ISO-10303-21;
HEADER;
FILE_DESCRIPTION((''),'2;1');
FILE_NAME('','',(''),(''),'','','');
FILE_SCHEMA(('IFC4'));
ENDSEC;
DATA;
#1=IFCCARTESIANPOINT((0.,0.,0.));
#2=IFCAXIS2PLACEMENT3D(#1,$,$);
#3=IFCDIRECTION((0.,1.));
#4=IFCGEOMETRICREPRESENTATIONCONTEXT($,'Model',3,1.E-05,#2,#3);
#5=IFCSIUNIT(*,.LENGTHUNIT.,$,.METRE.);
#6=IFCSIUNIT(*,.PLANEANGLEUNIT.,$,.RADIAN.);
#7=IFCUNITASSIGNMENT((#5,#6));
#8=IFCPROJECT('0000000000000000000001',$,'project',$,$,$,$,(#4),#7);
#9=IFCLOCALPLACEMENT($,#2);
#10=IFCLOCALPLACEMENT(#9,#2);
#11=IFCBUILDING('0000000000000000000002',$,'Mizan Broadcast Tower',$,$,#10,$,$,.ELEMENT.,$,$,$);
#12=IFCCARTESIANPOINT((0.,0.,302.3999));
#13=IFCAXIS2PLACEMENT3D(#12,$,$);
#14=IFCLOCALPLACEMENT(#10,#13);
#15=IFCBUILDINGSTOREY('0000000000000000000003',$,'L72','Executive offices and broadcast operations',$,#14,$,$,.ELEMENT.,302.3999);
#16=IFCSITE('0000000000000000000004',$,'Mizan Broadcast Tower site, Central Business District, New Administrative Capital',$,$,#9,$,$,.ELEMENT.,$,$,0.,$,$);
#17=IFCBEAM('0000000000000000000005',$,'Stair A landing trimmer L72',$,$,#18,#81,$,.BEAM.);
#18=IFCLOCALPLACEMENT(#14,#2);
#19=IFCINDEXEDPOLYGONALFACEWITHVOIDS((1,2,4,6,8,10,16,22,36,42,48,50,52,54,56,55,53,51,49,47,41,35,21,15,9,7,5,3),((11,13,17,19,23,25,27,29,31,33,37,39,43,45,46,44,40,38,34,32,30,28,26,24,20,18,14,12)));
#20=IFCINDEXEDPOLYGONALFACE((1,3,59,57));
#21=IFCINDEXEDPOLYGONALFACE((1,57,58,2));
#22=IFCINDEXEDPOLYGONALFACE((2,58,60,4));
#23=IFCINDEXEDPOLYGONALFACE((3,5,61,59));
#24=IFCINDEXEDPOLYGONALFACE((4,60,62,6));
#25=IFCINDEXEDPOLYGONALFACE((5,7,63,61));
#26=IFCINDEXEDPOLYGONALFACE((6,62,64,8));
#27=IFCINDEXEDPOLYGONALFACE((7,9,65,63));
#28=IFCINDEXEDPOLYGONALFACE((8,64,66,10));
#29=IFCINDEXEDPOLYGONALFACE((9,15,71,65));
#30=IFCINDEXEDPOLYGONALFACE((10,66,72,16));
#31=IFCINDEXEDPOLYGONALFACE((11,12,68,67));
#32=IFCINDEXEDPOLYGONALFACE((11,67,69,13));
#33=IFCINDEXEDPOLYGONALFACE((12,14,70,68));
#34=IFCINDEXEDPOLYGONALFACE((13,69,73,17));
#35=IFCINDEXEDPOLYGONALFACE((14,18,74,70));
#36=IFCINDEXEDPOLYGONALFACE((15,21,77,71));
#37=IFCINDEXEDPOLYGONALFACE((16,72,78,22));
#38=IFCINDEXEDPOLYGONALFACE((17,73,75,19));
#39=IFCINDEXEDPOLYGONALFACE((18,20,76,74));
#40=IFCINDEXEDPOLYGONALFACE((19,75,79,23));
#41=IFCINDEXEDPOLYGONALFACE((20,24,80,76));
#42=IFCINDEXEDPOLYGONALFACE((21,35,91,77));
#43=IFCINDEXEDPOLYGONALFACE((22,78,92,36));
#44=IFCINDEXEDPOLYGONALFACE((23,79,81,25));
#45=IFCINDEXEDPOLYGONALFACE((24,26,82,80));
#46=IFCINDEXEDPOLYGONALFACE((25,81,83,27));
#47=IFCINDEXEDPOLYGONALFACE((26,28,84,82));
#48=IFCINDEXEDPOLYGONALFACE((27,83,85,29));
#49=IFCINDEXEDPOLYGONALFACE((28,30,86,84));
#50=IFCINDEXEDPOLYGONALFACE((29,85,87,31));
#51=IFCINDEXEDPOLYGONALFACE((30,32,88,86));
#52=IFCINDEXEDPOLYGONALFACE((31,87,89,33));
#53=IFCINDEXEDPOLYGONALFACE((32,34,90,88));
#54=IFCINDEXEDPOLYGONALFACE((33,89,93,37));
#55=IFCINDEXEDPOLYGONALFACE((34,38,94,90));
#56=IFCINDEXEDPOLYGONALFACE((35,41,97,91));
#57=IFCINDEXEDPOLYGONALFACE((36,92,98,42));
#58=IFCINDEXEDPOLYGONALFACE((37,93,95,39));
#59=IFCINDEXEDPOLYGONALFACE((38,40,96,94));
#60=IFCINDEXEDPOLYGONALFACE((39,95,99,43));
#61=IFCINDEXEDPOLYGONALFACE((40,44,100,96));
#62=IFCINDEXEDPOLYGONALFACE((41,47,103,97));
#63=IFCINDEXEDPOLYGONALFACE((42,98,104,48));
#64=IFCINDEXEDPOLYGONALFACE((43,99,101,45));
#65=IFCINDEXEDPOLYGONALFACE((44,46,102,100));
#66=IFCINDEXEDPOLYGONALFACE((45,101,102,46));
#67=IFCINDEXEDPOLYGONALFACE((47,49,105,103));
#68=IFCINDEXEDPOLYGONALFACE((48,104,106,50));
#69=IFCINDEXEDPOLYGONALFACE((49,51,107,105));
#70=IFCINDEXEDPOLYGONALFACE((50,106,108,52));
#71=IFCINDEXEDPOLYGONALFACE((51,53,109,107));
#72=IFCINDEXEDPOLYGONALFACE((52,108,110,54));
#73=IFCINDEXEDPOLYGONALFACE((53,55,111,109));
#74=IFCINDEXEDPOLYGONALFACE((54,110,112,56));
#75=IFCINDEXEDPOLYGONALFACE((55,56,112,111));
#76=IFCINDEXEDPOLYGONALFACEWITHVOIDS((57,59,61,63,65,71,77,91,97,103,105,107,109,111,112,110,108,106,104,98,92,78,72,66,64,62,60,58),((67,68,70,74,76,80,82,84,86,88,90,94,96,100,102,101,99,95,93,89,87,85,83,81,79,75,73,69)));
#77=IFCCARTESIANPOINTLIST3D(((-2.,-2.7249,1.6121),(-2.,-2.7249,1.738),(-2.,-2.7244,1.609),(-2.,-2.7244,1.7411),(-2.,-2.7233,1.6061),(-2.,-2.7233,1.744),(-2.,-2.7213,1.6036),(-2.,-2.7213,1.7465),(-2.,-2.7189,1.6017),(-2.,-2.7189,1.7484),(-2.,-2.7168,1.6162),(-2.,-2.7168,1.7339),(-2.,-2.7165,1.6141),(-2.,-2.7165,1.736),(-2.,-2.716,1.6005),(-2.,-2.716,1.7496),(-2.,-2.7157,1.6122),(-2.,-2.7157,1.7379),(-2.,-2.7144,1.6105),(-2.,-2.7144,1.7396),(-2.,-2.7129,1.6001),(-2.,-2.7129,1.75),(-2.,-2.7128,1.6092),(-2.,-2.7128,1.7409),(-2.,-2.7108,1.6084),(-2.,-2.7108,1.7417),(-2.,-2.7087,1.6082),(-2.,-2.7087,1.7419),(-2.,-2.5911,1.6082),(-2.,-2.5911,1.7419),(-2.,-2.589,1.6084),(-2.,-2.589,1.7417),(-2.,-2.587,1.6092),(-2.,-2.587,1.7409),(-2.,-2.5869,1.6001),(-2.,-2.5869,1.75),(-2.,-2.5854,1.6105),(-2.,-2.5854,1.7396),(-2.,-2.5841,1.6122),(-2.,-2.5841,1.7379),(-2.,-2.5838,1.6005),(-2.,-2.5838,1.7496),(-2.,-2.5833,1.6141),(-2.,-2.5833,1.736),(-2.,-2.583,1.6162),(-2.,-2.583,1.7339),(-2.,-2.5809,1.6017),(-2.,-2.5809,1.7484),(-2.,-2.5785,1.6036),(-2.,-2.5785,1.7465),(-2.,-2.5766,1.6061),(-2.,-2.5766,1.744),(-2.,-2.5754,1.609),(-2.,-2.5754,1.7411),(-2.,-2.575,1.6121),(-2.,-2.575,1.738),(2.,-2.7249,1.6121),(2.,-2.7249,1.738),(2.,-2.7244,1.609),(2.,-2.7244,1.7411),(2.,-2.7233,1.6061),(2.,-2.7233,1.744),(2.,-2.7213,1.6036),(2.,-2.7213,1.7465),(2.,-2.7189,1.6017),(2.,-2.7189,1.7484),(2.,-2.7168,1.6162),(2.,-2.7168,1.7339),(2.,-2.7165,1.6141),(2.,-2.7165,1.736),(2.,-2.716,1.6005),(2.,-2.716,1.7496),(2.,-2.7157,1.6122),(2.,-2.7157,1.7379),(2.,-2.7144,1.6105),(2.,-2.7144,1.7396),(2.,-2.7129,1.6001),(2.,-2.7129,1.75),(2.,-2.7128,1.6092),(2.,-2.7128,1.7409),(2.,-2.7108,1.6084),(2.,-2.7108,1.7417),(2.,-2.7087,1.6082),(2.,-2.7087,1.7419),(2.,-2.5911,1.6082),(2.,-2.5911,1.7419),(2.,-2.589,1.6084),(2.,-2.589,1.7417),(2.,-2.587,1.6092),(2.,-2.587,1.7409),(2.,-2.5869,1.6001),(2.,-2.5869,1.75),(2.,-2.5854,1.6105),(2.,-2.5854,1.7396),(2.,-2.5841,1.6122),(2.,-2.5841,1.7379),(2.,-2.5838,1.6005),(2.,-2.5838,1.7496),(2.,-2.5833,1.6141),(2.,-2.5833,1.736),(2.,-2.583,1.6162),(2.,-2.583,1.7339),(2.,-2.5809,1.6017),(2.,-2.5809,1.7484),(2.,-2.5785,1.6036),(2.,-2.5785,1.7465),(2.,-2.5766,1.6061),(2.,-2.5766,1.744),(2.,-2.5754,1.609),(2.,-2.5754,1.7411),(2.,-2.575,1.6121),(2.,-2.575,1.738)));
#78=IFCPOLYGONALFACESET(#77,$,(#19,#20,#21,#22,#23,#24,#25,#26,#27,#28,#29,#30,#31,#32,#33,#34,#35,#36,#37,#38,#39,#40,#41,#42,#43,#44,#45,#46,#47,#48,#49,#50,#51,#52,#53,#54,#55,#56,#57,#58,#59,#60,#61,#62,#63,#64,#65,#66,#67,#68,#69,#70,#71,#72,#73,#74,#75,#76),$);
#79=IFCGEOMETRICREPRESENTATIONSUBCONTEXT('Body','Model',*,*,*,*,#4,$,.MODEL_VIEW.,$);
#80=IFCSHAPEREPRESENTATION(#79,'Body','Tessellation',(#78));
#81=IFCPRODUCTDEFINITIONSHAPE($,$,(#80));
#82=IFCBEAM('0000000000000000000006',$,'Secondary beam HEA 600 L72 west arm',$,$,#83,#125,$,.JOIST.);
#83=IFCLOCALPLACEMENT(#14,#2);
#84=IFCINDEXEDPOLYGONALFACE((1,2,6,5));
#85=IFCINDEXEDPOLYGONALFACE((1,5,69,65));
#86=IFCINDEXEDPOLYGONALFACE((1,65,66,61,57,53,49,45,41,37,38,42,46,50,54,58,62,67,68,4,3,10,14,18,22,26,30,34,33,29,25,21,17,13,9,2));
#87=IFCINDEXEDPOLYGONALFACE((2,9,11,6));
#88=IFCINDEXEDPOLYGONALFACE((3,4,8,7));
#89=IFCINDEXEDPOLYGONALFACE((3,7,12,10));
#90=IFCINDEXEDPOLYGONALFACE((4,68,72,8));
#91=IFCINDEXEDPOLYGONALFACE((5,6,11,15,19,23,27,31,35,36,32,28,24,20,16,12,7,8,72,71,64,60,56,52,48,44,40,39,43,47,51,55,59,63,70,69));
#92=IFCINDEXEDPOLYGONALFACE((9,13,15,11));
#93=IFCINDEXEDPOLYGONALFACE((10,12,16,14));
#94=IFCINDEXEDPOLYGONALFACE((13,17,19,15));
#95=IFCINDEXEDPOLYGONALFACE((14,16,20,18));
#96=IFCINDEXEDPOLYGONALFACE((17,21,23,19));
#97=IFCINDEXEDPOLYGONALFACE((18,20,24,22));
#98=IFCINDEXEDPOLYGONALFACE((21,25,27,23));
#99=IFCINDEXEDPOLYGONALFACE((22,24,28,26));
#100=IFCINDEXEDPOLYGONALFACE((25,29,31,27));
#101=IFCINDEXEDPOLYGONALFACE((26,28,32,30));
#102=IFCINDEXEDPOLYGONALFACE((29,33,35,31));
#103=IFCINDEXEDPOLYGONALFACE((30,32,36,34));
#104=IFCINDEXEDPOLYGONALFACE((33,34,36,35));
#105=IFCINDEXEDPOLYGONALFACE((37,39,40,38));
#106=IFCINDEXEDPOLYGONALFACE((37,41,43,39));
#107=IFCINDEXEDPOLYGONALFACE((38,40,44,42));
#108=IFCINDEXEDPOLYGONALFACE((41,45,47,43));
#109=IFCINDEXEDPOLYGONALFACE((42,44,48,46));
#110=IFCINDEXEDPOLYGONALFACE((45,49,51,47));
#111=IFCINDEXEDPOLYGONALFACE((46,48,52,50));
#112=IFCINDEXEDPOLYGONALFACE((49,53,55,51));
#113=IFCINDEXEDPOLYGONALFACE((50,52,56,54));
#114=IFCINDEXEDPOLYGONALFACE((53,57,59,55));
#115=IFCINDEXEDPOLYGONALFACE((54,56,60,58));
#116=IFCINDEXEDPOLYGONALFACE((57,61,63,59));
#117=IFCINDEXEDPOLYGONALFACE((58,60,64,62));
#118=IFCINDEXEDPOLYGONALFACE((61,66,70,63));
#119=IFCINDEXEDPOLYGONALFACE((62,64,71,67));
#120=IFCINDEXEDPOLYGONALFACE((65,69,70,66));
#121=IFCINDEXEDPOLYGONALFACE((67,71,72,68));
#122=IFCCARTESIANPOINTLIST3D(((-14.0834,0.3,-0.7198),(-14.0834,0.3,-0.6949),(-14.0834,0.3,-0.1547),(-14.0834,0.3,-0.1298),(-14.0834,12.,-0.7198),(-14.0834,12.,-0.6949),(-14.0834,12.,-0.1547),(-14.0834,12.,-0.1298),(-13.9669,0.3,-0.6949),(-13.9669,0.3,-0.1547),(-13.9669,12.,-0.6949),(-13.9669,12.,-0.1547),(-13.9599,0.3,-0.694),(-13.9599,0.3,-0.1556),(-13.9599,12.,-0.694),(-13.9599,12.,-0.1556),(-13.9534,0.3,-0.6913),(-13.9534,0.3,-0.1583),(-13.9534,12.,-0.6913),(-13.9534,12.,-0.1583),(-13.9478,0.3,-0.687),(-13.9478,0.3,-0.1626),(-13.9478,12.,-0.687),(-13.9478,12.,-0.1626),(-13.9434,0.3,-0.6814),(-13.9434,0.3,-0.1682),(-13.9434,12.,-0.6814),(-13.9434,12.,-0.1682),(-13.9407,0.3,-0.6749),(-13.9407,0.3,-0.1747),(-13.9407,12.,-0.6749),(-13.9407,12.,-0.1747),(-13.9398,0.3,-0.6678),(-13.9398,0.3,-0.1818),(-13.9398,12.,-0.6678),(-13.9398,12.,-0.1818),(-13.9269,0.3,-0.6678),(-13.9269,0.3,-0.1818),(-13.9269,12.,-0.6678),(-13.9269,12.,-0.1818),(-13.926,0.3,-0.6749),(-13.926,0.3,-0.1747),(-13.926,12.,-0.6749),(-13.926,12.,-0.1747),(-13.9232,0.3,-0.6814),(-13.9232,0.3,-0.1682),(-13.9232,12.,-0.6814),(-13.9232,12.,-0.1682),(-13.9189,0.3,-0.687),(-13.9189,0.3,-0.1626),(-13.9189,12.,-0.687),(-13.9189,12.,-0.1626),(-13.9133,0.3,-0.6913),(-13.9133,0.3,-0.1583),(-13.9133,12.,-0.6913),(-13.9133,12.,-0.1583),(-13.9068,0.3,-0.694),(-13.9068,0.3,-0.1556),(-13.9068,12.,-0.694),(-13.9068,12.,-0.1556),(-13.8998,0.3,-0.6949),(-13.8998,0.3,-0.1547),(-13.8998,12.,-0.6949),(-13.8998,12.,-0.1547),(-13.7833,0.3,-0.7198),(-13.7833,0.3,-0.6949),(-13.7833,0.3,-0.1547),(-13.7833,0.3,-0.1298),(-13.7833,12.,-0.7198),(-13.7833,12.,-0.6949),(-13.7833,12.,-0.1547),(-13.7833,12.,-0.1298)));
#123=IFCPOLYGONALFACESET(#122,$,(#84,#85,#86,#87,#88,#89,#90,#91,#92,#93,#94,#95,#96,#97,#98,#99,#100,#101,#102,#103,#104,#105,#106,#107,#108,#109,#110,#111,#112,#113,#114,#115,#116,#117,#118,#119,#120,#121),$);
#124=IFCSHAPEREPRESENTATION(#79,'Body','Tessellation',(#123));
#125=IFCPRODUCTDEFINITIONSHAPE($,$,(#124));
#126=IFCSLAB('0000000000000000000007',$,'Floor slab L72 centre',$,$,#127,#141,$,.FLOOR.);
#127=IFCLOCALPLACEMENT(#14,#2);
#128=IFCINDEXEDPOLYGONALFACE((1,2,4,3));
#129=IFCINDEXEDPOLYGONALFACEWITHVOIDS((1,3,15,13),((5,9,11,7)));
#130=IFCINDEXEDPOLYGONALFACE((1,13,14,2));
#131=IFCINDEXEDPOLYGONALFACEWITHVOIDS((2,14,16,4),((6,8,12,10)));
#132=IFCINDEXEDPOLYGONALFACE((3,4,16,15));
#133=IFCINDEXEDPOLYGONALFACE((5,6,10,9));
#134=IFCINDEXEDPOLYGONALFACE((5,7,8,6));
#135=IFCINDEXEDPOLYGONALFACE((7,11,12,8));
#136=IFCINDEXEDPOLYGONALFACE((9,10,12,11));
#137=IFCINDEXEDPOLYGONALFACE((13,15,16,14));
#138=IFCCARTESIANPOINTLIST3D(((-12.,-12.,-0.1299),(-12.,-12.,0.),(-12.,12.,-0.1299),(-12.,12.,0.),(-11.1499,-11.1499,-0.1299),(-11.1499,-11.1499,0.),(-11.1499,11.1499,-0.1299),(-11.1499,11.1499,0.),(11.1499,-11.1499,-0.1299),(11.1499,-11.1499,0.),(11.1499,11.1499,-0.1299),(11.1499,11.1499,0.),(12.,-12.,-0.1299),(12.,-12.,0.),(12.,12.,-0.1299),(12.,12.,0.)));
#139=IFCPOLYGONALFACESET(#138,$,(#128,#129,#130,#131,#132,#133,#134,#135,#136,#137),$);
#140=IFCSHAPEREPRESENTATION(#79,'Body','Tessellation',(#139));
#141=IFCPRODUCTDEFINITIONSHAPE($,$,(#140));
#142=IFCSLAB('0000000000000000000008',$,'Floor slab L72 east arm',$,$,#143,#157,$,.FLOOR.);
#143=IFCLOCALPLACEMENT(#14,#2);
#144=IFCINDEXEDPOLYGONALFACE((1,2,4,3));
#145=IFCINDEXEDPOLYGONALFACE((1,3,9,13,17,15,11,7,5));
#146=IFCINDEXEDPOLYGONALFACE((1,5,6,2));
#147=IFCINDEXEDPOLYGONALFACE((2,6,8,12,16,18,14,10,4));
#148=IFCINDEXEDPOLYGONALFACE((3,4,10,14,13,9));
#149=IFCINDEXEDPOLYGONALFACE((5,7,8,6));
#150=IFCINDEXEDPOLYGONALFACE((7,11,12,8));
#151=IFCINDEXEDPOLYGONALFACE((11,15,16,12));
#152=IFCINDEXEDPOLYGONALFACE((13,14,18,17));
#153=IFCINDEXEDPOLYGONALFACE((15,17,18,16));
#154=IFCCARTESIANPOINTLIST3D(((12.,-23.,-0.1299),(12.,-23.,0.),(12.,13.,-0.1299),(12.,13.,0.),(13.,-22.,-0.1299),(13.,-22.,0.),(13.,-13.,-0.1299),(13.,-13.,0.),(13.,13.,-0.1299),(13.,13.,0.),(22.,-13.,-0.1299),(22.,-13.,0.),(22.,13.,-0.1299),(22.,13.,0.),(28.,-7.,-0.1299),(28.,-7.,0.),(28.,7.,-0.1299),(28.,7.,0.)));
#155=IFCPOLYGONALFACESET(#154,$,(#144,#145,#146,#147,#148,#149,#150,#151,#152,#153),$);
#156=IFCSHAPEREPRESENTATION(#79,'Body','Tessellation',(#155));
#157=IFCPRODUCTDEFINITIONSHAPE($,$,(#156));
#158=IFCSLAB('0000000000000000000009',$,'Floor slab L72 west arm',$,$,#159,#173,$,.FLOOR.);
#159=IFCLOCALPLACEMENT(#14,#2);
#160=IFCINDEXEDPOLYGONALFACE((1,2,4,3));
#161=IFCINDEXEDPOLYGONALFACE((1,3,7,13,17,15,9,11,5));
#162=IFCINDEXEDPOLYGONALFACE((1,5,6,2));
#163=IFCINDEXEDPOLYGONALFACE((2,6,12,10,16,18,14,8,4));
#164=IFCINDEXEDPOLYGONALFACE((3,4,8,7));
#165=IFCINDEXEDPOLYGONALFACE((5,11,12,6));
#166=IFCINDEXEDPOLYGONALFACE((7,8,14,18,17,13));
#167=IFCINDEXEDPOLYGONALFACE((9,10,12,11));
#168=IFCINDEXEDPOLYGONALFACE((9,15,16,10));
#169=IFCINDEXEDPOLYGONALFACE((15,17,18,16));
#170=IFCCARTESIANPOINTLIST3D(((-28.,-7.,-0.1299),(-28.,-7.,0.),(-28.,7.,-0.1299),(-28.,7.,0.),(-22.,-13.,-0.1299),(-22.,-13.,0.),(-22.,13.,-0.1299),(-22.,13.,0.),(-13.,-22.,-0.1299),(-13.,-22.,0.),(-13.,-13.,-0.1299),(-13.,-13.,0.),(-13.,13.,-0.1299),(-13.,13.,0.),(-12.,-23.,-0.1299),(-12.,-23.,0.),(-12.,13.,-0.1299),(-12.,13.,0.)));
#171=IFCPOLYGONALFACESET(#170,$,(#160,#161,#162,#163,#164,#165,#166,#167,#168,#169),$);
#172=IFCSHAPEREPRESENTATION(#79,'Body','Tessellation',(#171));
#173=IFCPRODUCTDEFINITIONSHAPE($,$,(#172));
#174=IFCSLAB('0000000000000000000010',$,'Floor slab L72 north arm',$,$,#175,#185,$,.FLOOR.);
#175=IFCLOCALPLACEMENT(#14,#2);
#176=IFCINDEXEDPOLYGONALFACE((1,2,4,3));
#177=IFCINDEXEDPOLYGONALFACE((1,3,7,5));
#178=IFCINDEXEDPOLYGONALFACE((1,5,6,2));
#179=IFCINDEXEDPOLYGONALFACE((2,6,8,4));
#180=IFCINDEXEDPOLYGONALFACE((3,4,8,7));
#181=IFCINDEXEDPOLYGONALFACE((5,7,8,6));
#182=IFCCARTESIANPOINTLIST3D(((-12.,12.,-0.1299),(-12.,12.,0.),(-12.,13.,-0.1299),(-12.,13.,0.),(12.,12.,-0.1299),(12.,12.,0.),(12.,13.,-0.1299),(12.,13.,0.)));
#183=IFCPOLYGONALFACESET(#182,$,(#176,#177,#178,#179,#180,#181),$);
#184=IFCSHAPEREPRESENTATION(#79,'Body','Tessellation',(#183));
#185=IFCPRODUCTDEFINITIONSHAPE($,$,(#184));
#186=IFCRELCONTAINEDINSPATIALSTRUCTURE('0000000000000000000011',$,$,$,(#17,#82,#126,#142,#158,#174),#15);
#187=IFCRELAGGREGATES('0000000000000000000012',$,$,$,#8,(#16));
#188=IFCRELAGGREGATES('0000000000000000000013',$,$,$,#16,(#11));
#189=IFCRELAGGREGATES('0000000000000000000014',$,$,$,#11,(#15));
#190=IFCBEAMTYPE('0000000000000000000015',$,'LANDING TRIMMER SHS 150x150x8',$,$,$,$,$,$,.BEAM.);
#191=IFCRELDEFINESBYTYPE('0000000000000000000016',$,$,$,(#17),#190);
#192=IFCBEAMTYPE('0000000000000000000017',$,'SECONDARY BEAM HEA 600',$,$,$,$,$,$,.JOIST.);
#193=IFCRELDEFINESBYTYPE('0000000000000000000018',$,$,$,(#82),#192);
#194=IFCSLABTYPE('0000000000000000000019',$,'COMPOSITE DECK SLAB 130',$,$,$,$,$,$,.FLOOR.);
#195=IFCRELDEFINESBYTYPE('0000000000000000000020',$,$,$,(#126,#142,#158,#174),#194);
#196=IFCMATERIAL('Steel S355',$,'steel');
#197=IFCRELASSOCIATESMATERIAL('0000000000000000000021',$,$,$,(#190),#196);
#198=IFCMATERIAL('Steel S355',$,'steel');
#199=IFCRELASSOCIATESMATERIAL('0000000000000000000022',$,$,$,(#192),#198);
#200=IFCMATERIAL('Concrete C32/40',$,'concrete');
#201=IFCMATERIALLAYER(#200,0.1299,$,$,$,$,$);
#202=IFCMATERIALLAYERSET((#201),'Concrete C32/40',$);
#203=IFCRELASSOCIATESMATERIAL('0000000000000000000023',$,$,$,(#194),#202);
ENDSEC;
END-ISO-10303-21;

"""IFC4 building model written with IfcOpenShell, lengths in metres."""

from ifc_helpers import new_model, si_unit, direction, frame, origin, origin_2d, place, context, subcontext, project, spatial, polyline, hollow_rectangle, i_section, outline, extrude, material, layer, layer_set, material_profile, profile_set, type_object, element, save


model = new_model("IFC4")

# Units and contexts
model_context = context("Model", 3, precision=1e-05, world=origin(), true_north=direction((0.0, 1.0)))
body_context = subcontext(model_context, "Body", "Model", "MODEL_VIEW")
ifc_project = project(units=[si_unit("LENGTHUNIT", "METRE"), si_unit("PLANEANGLEUNIT", "RADIAN")], contexts=[model_context])

# Site, building, storey
site_placement = place(None, origin())
site = spatial("IfcSite", under=ifc_project, at=site_placement, Name="Mizan Broadcast Tower site, Central Business District, New Administrative Capital", CompositionType="ELEMENT", RefElevation=0.0)
building_placement = place(site_placement, origin())
building = spatial("IfcBuilding", under=site, at=building_placement, Name="Mizan Broadcast Tower", CompositionType="ELEMENT")
storey_placement = place(building_placement, frame((0.0, 0.0, 302.3999)))
storey = spatial("IfcBuildingStorey", under=building, at=storey_placement, Name="L72", Description="Executive offices and broadcast operations", CompositionType="ELEMENT", Elevation=302.3999)

# Beams
ifc_material_1 = material(Name="Steel S355", Category="steel")
ifc_material_profile_1 = material_profile(ifc_material_1, hollow_rectangle(XDim=0.1499, YDim=0.1499, WallThickness=0.0081, InnerFilletRadius=0.0081, OuterFilletRadius=0.012, at=origin_2d()), Name="SHS 150x150x8")
ifc_profile_set_1 = profile_set([ifc_material_profile_1], Name="Steel S355")
beam_type_1 = type_object("IfcBeamType", Name="LANDING TRIMMER SHS 150x150x8", PredefinedType="BEAM", material=ifc_profile_set_1)
for number, where, z_axis, x_axis, name in (
    (1, (-2.0, -2.6499, 1.675), (1.0, 0.0, 0.0), (0.0, 1.0, 0.0), "Stair A landing trimmer L72"),
):
    element("IfcBeam", number, at=place(storey_placement, frame(where, z_axis=z_axis, x_axis=x_axis)), inside=storey, type_object=beam_type_1, Name=name, PredefinedType="BEAM", context=body_context, shape_type="SweptSolid", body=[
        extrude(hollow_rectangle(XDim=0.1499, YDim=0.1499, WallThickness=0.0081, InnerFilletRadius=0.0081, OuterFilletRadius=0.012, at=origin_2d()), origin(), (0.0, 0.0, 1.0), 4.0),
    ])
ifc_material_2 = material(Name="Steel S355", Category="steel")
ifc_material_profile_2 = material_profile(ifc_material_2, i_section(OverallWidth=0.3, OverallDepth=0.5901, WebThickness=0.0129, FlangeThickness=0.0249, FilletRadius=0.0271, at=origin_2d()), Name="HEA 600")
ifc_profile_set_2 = profile_set([ifc_material_profile_2], Name="Steel S355")
beam_type_2 = type_object("IfcBeamType", Name="SECONDARY BEAM HEA 600", PredefinedType="JOIST", material=ifc_profile_set_2)
beam_1_placement = place(storey_placement, frame((-13.9333, 12.0, -0.4248), z_axis=(0.0, -1.0, 0.0), x_axis=(1.0, 0.0, 0.0)))
element("IfcBeam", 2, at=beam_1_placement, inside=storey, type_object=beam_type_2, Name="Secondary beam HEA 600 L72 west arm", PredefinedType="JOIST", context=body_context, shape_type="SweptSolid", body=[
    extrude(i_section(OverallWidth=0.3, OverallDepth=0.5901, WebThickness=0.0129, FlangeThickness=0.0249, FilletRadius=0.0271, at=origin_2d()), origin(), (0.0, 0.0, 1.0), 11.7),
])

# Slabs
ifc_material_3 = material(Name="Concrete C32/40", Category="concrete")
ifc_layer_1 = layer(ifc_material_3, 0.1299)
ifc_layer_set_1 = layer_set([ifc_layer_1], Name="Concrete C32/40")
slab_type = type_object("IfcSlabType", Name="COMPOSITE DECK SLAB 130", PredefinedType="FLOOR", material=ifc_layer_set_1)
slab_1_placement = place(storey_placement, frame((0.0, 0.0, -0.1299)))
element("IfcSlab", 3, at=slab_1_placement, inside=storey, type_object=slab_type, Name="Floor slab L72 centre", PredefinedType="FLOOR", context=body_context, shape_type="SweptSolid", body=[
    extrude(outline(polyline([(-12.0, -12.0), (12.0, -12.0), (12.0, 12.0), (-12.0, 12.0), (-12.0, -12.0)]), holes=[polyline([(-11.1499, 11.1499), (11.1499, 11.1499), (11.1499, -11.1499), (-11.1499, -11.1499), (-11.1499, 11.1499)])]), origin(), (0.0, 0.0, 1.0), 0.1299),
])
slab_2_placement = place(storey_placement, frame((0.0, 0.0, -0.1299)))
element("IfcSlab", 4, at=slab_2_placement, inside=storey, type_object=slab_type, Name="Floor slab L72 east arm", PredefinedType="FLOOR", context=body_context, shape_type="SweptSolid", body=[
    extrude(outline(polyline([(12.0, -23.0), (13.0, -22.0), (13.0, -13.0), (22.0, -13.0), (28.0, -7.0), (28.0, 7.0), (22.0, 13.0), (13.0, 13.0), (12.0, 13.0), (12.0, -23.0)])), origin(), (0.0, 0.0, 1.0), 0.1299),
])
slab_3_placement = place(storey_placement, frame((0.0, 0.0, -0.1299)))
element("IfcSlab", 5, at=slab_3_placement, inside=storey, type_object=slab_type, Name="Floor slab L72 west arm", PredefinedType="FLOOR", context=body_context, shape_type="SweptSolid", body=[
    extrude(outline(polyline([(-13.0, -22.0), (-12.0, -23.0), (-12.0, 13.0), (-13.0, 13.0), (-22.0, 13.0), (-28.0, 7.0), (-28.0, -7.0), (-22.0, -13.0), (-13.0, -13.0), (-13.0, -22.0)])), origin(), (0.0, 0.0, 1.0), 0.1299),
])
slab_4_placement = place(storey_placement, frame((0.0, 0.0, -0.1299)))
element("IfcSlab", 6, at=slab_4_placement, inside=storey, type_object=slab_type, Name="Floor slab L72 north arm", PredefinedType="FLOOR", context=body_context, shape_type="SweptSolid", body=[
    extrude(outline(polyline([(12.0, 13.0), (-12.0, 13.0), (-12.0, 12.0), (12.0, 12.0), (12.0, 13.0)])), origin(), (0.0, 0.0, 1.0), 0.1299),
])

save(model, "model.ifc")
